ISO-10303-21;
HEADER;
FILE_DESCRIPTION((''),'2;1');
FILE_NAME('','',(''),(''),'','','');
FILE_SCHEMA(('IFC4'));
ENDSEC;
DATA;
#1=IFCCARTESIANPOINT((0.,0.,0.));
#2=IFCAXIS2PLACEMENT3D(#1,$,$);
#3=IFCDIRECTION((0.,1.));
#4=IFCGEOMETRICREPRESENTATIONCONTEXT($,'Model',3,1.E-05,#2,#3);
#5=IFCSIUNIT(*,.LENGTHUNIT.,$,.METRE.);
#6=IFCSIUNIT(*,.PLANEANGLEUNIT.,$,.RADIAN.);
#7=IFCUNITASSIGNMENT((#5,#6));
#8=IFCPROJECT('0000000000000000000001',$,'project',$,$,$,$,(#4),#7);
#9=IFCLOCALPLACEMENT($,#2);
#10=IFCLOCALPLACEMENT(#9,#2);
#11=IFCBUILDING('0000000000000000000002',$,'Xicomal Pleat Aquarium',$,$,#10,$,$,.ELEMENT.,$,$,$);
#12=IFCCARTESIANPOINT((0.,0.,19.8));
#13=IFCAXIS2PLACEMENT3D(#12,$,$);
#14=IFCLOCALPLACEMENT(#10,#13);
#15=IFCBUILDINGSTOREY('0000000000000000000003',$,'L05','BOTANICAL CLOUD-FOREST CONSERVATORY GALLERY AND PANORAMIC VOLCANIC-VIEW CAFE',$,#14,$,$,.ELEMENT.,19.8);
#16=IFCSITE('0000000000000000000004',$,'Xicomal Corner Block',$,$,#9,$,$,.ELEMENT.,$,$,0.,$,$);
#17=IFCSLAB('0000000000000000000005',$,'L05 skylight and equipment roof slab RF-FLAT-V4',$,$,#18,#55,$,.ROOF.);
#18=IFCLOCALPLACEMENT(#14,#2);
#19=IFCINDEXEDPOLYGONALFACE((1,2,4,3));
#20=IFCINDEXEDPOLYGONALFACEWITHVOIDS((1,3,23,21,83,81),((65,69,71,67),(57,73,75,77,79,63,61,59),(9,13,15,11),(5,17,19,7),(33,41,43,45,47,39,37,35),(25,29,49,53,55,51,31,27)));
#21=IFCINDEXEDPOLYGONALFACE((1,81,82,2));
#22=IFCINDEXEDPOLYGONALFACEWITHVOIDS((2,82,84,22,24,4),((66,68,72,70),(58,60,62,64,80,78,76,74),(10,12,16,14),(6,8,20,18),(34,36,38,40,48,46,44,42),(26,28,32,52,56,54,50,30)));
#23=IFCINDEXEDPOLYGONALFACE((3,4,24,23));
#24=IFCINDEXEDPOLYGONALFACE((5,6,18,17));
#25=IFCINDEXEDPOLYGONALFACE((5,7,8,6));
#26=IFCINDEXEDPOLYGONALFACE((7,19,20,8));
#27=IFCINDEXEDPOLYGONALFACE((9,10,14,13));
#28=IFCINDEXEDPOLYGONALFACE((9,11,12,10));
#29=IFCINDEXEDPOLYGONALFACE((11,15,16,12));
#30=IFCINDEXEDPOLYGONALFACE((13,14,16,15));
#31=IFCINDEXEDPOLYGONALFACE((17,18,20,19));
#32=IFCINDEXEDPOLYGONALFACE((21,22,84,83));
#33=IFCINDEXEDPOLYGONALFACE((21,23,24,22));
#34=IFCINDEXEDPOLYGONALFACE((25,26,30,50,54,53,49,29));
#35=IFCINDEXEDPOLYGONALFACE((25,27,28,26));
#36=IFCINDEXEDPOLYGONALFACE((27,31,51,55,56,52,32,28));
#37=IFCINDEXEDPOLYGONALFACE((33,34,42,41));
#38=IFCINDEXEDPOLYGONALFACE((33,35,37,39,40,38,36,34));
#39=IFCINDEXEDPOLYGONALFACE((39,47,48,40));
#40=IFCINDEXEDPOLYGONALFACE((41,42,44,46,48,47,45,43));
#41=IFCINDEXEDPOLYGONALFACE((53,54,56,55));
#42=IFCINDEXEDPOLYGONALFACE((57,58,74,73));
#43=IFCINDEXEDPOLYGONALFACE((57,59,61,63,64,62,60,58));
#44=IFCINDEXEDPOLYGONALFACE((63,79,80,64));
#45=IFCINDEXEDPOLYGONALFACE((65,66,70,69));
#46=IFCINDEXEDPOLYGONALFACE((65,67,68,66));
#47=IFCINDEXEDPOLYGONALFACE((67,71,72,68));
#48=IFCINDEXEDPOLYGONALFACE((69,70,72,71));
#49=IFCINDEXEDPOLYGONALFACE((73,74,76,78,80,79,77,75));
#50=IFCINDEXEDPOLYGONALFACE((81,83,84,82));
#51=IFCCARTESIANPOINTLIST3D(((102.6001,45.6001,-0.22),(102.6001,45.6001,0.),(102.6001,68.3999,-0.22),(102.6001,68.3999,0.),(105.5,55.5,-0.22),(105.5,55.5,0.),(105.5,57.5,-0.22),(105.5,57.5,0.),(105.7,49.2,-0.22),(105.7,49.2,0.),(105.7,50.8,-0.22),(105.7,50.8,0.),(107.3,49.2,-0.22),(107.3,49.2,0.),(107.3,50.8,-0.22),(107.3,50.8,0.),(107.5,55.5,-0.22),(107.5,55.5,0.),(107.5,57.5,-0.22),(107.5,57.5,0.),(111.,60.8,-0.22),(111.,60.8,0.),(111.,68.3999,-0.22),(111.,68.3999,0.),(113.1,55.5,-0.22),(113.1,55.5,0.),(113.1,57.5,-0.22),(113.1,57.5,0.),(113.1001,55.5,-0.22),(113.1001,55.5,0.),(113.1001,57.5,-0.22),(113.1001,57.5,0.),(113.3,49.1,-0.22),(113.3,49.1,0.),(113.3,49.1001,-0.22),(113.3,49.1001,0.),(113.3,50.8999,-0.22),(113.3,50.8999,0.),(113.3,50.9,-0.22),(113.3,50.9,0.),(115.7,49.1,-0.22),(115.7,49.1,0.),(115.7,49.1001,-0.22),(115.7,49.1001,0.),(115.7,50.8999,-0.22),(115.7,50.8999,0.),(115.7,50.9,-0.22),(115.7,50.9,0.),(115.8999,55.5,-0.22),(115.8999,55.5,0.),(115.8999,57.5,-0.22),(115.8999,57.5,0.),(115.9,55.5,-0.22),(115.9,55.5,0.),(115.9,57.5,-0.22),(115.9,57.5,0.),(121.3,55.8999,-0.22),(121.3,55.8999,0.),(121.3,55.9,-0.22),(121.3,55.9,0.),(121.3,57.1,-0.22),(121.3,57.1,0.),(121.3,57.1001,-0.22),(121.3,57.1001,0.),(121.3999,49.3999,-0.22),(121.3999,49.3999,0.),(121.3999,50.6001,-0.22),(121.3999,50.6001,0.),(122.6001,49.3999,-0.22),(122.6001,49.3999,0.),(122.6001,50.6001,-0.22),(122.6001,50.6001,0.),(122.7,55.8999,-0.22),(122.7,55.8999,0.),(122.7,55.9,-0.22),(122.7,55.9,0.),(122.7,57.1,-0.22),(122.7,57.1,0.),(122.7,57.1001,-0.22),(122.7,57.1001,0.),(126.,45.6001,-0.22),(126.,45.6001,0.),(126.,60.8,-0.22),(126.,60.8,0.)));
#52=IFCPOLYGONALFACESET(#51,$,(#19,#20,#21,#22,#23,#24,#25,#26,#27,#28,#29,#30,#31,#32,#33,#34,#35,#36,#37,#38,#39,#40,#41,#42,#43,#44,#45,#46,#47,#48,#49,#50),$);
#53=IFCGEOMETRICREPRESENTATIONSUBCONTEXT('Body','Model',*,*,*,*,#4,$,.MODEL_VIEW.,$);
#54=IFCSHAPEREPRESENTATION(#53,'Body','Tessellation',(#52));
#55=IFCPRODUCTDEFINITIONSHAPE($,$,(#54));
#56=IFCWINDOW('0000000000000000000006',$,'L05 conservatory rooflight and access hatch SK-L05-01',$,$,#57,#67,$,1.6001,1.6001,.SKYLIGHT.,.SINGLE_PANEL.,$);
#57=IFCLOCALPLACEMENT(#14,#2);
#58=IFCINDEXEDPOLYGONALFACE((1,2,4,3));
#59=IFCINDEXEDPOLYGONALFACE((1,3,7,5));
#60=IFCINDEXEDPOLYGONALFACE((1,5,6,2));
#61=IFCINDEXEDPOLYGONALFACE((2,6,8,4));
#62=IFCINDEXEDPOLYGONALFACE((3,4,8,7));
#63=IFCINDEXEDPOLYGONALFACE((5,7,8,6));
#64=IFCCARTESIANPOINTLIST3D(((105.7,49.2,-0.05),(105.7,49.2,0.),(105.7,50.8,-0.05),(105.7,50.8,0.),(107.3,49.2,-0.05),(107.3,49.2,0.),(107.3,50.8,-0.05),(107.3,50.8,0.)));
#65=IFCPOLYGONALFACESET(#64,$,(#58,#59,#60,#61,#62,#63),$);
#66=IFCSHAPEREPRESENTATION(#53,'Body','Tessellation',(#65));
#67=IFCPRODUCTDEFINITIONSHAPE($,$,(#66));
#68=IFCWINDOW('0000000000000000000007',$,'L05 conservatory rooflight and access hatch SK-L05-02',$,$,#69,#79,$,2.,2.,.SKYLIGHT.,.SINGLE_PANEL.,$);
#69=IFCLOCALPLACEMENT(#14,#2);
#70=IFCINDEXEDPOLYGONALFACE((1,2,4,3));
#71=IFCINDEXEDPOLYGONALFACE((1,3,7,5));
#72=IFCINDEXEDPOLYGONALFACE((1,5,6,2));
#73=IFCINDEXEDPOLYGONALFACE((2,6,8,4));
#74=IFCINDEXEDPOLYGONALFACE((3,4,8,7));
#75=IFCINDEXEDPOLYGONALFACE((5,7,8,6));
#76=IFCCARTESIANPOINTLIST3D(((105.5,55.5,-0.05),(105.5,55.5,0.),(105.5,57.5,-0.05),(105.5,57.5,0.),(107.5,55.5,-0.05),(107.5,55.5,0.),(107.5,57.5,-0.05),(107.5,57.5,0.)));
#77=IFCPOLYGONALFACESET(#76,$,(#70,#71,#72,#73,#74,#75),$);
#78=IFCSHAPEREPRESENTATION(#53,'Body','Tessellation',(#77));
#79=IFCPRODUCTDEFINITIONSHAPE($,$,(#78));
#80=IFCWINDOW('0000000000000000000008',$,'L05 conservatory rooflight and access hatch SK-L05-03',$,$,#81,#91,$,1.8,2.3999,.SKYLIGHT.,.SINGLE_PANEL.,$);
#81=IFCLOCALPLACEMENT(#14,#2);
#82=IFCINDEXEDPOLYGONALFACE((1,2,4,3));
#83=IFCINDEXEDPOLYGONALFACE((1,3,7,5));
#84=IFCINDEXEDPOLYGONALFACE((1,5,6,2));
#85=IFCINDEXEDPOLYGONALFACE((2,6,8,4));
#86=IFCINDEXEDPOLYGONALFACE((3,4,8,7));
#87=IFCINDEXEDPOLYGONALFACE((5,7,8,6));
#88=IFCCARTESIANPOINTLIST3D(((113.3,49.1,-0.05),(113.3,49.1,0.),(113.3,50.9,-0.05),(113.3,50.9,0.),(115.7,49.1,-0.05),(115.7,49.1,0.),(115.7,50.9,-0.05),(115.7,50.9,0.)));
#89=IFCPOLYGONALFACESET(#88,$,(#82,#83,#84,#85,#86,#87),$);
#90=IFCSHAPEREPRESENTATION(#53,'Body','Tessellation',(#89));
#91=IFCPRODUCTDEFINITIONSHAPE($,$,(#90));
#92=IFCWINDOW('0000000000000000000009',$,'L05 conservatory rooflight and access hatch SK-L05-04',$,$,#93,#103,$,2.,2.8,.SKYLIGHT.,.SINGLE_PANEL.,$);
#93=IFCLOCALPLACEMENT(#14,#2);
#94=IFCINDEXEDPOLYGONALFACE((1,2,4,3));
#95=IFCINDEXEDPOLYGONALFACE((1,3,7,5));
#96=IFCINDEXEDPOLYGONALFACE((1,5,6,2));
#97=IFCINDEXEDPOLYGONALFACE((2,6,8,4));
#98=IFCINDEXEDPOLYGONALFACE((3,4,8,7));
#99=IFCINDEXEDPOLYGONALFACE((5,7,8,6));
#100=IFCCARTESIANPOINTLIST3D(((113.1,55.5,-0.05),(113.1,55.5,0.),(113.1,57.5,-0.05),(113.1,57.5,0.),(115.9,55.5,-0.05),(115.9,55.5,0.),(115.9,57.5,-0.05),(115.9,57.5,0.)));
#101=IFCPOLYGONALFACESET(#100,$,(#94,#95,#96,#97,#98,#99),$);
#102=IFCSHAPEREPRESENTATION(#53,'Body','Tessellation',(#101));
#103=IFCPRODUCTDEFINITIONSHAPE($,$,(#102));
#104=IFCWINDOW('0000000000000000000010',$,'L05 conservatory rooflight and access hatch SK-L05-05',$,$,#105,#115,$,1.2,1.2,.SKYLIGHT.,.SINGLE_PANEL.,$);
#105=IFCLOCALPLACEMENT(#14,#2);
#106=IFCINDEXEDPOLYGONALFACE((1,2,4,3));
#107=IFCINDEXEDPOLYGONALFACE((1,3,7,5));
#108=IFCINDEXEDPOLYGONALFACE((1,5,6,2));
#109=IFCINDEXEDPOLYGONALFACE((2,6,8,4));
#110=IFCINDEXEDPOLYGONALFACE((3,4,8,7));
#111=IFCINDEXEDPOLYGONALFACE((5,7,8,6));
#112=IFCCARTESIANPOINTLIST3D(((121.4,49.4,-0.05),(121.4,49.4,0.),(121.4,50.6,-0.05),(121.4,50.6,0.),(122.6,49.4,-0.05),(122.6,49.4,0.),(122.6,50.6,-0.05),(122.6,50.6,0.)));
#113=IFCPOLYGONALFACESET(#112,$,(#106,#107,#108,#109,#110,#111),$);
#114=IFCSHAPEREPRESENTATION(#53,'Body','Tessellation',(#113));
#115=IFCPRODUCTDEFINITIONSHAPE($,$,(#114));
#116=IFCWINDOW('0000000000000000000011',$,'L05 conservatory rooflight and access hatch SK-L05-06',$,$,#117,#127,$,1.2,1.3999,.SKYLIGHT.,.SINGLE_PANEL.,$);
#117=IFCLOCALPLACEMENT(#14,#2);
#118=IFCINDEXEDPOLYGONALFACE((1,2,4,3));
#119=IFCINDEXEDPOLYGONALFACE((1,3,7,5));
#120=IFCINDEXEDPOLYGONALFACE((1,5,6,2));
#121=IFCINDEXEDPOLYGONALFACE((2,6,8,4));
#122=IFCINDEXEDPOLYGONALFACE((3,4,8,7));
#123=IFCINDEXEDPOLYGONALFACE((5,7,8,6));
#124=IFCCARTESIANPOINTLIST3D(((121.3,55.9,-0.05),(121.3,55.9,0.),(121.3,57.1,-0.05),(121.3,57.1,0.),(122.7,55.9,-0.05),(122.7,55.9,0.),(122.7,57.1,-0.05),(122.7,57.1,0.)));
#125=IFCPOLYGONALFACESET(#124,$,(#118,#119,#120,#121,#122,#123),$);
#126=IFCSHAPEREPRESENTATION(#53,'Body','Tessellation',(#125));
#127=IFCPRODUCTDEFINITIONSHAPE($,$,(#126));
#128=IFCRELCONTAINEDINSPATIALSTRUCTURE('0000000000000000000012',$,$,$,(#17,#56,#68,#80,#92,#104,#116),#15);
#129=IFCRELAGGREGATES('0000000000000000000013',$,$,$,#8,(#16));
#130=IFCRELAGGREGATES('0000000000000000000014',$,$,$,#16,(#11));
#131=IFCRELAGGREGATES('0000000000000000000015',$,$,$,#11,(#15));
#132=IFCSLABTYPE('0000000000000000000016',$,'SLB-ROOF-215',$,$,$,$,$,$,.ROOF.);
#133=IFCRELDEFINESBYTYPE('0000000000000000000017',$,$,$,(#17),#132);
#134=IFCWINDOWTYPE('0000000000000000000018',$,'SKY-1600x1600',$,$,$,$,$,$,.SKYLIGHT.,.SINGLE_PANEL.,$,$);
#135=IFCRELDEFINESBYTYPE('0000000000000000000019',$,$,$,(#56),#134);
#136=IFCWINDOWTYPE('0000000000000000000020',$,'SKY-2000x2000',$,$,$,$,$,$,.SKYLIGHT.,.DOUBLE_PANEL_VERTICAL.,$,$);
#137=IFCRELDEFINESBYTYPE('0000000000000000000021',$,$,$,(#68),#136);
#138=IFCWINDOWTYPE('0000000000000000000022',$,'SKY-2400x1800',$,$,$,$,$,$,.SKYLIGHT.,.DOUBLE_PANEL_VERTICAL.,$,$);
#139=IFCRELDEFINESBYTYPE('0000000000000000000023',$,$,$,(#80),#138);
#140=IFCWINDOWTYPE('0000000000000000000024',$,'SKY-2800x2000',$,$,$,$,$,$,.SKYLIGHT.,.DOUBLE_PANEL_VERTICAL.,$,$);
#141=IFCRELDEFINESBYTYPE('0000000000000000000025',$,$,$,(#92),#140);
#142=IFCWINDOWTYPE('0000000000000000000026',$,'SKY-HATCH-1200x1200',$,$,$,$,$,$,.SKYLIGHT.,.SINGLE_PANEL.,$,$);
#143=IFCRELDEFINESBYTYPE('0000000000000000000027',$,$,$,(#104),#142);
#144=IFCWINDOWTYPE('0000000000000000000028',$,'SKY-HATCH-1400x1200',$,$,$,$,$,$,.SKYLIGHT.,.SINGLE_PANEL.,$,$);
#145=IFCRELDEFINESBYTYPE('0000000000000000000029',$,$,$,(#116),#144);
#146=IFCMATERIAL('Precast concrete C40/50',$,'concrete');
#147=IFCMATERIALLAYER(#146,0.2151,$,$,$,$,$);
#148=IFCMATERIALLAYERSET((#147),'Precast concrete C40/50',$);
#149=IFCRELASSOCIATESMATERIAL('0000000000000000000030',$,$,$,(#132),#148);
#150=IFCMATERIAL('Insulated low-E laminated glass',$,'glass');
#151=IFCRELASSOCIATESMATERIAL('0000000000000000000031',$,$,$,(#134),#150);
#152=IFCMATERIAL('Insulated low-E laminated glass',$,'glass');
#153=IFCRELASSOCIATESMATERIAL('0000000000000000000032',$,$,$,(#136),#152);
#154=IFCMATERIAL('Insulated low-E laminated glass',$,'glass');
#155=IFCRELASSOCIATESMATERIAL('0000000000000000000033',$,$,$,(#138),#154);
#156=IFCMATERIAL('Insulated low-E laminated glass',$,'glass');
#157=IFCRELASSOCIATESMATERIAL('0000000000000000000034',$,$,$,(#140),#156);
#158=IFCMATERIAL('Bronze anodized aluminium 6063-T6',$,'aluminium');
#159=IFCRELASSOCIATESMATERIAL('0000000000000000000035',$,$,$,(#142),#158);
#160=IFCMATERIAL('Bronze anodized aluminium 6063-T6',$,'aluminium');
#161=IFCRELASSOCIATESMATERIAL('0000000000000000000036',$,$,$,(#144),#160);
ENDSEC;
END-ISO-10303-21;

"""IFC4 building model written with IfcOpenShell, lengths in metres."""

from ifc_helpers import new_model, si_unit, direction, frame, origin, origin_2d, place, context, subcontext, project, spatial, polyline, rectangle, outline, extrude, material, layer, layer_set, type_object, element, fill, save


model = new_model("IFC4")

# Units and contexts
model_context = context("Model", 3, precision=1e-05, world=origin(), true_north=direction((0.0, 1.0)))
body_context = subcontext(model_context, "Body", "Model", "MODEL_VIEW")
ifc_project = project(units=[si_unit("LENGTHUNIT", "METRE"), si_unit("PLANEANGLEUNIT", "RADIAN")], contexts=[model_context])

# Site, building, storey
site_placement = place(None, origin())
site = spatial("IfcSite", under=ifc_project, at=site_placement, Name="Xicomal Corner Block", CompositionType="ELEMENT", RefElevation=0.0)
building_placement = place(site_placement, origin())
building = spatial("IfcBuilding", under=site, at=building_placement, Name="Xicomal Pleat Aquarium", CompositionType="ELEMENT")
storey_placement = place(building_placement, frame((0.0, 0.0, 19.8)))
storey = spatial("IfcBuildingStorey", under=building, at=storey_placement, Name="L05", Description="BOTANICAL CLOUD-FOREST CONSERVATORY GALLERY AND PANORAMIC VOLCANIC-VIEW CAFE", CompositionType="ELEMENT", Elevation=19.8)

# Slab, openings, windows
ifc_material_1 = material(Name="Precast concrete C40/50", Category="concrete")
ifc_layer_1 = layer(ifc_material_1, 0.2151)
ifc_layer_set_1 = layer_set([ifc_layer_1], Name="Precast concrete C40/50")
slab_type_1 = type_object("IfcSlabType", Name="SLB-ROOF-215", PredefinedType="ROOF", material=ifc_layer_set_1)
slab_1_placement = place(storey_placement, frame((0.0, 0.0, -0.22)))
slab_1 = element("IfcSlab", 1, at=slab_1_placement, inside=storey, type_object=slab_type_1, Name="L05 skylight and equipment roof slab RF-FLAT-V4", PredefinedType="ROOF", context=body_context, shape_type="SweptSolid", body=[
    extrude(outline(polyline([(102.6001, 45.6001), (126.0, 45.6001), (126.0, 60.8), (111.0, 60.8), (111.0, 68.3999), (102.6001, 68.3999), (102.6001, 45.6001)]), holes=[polyline([(105.7, 49.2), (107.3, 49.2), (107.3, 50.8), (105.7, 50.8), (105.7, 49.2)]), polyline([(105.5, 55.5), (107.5, 55.5), (107.5, 57.5), (105.5, 57.5), (105.5, 55.5)]), polyline([(113.3, 49.1001), (115.7, 49.1001), (115.7, 50.8999), (113.3, 50.8999), (113.3, 49.1001)]), polyline([(113.1001, 55.5), (115.8999, 55.5), (115.8999, 57.5), (113.1001, 57.5), (113.1001, 55.5)]), polyline([(121.3999, 49.3999), (122.6001, 49.3999), (122.6001, 50.6001), (121.3999, 50.6001), (121.3999, 49.3999)]), polyline([(121.3, 55.8999), (122.7, 55.8999), (122.7, 57.1001), (121.3, 57.1001), (121.3, 55.8999)])]), origin(), (0.0, 0.0, 1.0), 0.22),
])
opening_1_placement = place(slab_1_placement, frame((106.5, 50.0, 0.0)))
opening_1 = element("IfcOpeningElement", 2, at=opening_1_placement, cuts=slab_1, PredefinedType="OPENING", context=body_context, shape_type="SweptSolid", body=[
    extrude(rectangle(XDim=1.6001, YDim=1.6001, at=origin_2d()), origin(), (0.0, 0.0, 1.0), 0.22),
])
opening_2_placement = place(slab_1_placement, frame((106.5, 56.5, 0.0)))
opening_2 = element("IfcOpeningElement", 3, at=opening_2_placement, cuts=slab_1, PredefinedType="OPENING", context=body_context, shape_type="SweptSolid", body=[
    extrude(rectangle(XDim=2.0, YDim=2.0, at=origin_2d()), origin(), (0.0, 0.0, 1.0), 0.22),
])
opening_3_placement = place(slab_1_placement, frame((114.5, 50.0, 0.0)))
opening_3 = element("IfcOpeningElement", 4, at=opening_3_placement, cuts=slab_1, PredefinedType="OPENING", context=body_context, shape_type="SweptSolid", body=[
    extrude(rectangle(XDim=2.3999, YDim=1.8, at=origin_2d()), origin(), (0.0, 0.0, 1.0), 0.22),
])
opening_4_placement = place(slab_1_placement, frame((114.5, 56.5, 0.0)))
opening_4 = element("IfcOpeningElement", 5, at=opening_4_placement, cuts=slab_1, PredefinedType="OPENING", context=body_context, shape_type="SweptSolid", body=[
    extrude(rectangle(XDim=2.8, YDim=2.0, at=origin_2d()), origin(), (0.0, 0.0, 1.0), 0.22),
])
opening_5_placement = place(slab_1_placement, frame((122.0, 50.0, 0.0)))
opening_5 = element("IfcOpeningElement", 6, at=opening_5_placement, cuts=slab_1, PredefinedType="OPENING", context=body_context, shape_type="SweptSolid", body=[
    extrude(rectangle(XDim=1.2, YDim=1.2, at=origin_2d()), origin(), (0.0, 0.0, 1.0), 0.22),
])
opening_6_placement = place(slab_1_placement, frame((122.0, 56.5, 0.0)))
opening_6 = element("IfcOpeningElement", 7, at=opening_6_placement, cuts=slab_1, PredefinedType="OPENING", context=body_context, shape_type="SweptSolid", body=[
    extrude(rectangle(XDim=1.3999, YDim=1.2, at=origin_2d()), origin(), (0.0, 0.0, 1.0), 0.22),
])
ifc_material_2 = material(Name="Insulated low-E laminated glass", Category="glass")
window_type_1 = type_object("IfcWindowType", Name="SKY-1600x1600", PartitioningType="SINGLE_PANEL", PredefinedType="SKYLIGHT", material=ifc_material_2)
window_1_placement = place(opening_1_placement, frame((0.0, 0.0, 0.1699)))
window_1 = element("IfcWindow", 8, at=window_1_placement, inside=storey, type_object=window_type_1, Name="L05 conservatory rooflight and access hatch SK-L05-01", OverallHeight=1.6001, OverallWidth=1.6001, PartitioningType="SINGLE_PANEL", PredefinedType="SKYLIGHT", context=body_context, shape_type="SweptSolid", body=[
    extrude(rectangle(XDim=1.6001, YDim=1.6001, at=origin_2d()), origin(), (0.0, 0.0, 1.0), 0.05),
])
fill(opening_1, window_1)
ifc_material_3 = material(Name="Insulated low-E laminated glass", Category="glass")
window_type_2 = type_object("IfcWindowType", Name="SKY-2000x2000", PartitioningType="DOUBLE_PANEL_VERTICAL", PredefinedType="SKYLIGHT", material=ifc_material_3)
window_2_placement = place(opening_2_placement, frame((0.0, 0.0, 0.1699)))
window_2 = element("IfcWindow", 9, at=window_2_placement, inside=storey, type_object=window_type_2, Name="L05 conservatory rooflight and access hatch SK-L05-02", OverallHeight=2.0, OverallWidth=2.0, PartitioningType="SINGLE_PANEL", PredefinedType="SKYLIGHT", context=body_context, shape_type="SweptSolid", body=[
    extrude(rectangle(XDim=2.0, YDim=2.0, at=origin_2d()), origin(), (0.0, 0.0, 1.0), 0.05),
])
fill(opening_2, window_2)
ifc_material_4 = material(Name="Insulated low-E laminated glass", Category="glass")
window_type_3 = type_object("IfcWindowType", Name="SKY-2400x1800", PartitioningType="DOUBLE_PANEL_VERTICAL", PredefinedType="SKYLIGHT", material=ifc_material_4)
window_3_placement = place(opening_3_placement, frame((0.0, 0.0, 0.1699)))
window_3 = element("IfcWindow", 10, at=window_3_placement, inside=storey, type_object=window_type_3, Name="L05 conservatory rooflight and access hatch SK-L05-03", OverallHeight=1.8, OverallWidth=2.3999, PartitioningType="SINGLE_PANEL", PredefinedType="SKYLIGHT", context=body_context, shape_type="SweptSolid", body=[
    extrude(rectangle(XDim=2.3999, YDim=1.8, at=origin_2d()), origin(), (0.0, 0.0, 1.0), 0.05),
])
fill(opening_3, window_3)
ifc_material_5 = material(Name="Insulated low-E laminated glass", Category="glass")
window_type_4 = type_object("IfcWindowType", Name="SKY-2800x2000", PartitioningType="DOUBLE_PANEL_VERTICAL", PredefinedType="SKYLIGHT", material=ifc_material_5)
window_4_placement = place(opening_4_placement, frame((0.0, 0.0, 0.1699)))
window_4 = element("IfcWindow", 11, at=window_4_placement, inside=storey, type_object=window_type_4, Name="L05 conservatory rooflight and access hatch SK-L05-04", OverallHeight=2.0, OverallWidth=2.8, PartitioningType="SINGLE_PANEL", PredefinedType="SKYLIGHT", context=body_context, shape_type="SweptSolid", body=[
    extrude(rectangle(XDim=2.8, YDim=2.0, at=origin_2d()), origin(), (0.0, 0.0, 1.0), 0.05),
])
fill(opening_4, window_4)
ifc_material_6 = material(Name="Bronze anodized aluminium 6063-T6", Category="aluminium")
window_type_5 = type_object("IfcWindowType", Name="SKY-HATCH-1200x1200", PartitioningType="SINGLE_PANEL", PredefinedType="SKYLIGHT", material=ifc_material_6)
window_5_placement = place(opening_5_placement, frame((0.0, 0.0, 0.1699)))
window_5 = element("IfcWindow", 12, at=window_5_placement, inside=storey, type_object=window_type_5, Name="L05 conservatory rooflight and access hatch SK-L05-05", OverallHeight=1.2, OverallWidth=1.2, PartitioningType="SINGLE_PANEL", PredefinedType="SKYLIGHT", context=body_context, shape_type="SweptSolid", body=[
    extrude(rectangle(XDim=1.2, YDim=1.2, at=origin_2d()), origin(), (0.0, 0.0, 1.0), 0.05),
])
fill(opening_5, window_5)
ifc_material_7 = material(Name="Bronze anodized aluminium 6063-T6", Category="aluminium")
window_type_6 = type_object("IfcWindowType", Name="SKY-HATCH-1400x1200", PartitioningType="SINGLE_PANEL", PredefinedType="SKYLIGHT", material=ifc_material_7)
window_6_placement = place(opening_6_placement, frame((0.0, 0.0, 0.1699)))
window_6 = element("IfcWindow", 13, at=window_6_placement, inside=storey, type_object=window_type_6, Name="L05 conservatory rooflight and access hatch SK-L05-06", OverallHeight=1.2, OverallWidth=1.3999, PartitioningType="SINGLE_PANEL", PredefinedType="SKYLIGHT", context=body_context, shape_type="SweptSolid", body=[
    extrude(rectangle(XDim=1.3999, YDim=1.2, at=origin_2d()), origin(), (0.0, 0.0, 1.0), 0.05),
])
fill(opening_6, window_6)

save(model, "model.ifc")
